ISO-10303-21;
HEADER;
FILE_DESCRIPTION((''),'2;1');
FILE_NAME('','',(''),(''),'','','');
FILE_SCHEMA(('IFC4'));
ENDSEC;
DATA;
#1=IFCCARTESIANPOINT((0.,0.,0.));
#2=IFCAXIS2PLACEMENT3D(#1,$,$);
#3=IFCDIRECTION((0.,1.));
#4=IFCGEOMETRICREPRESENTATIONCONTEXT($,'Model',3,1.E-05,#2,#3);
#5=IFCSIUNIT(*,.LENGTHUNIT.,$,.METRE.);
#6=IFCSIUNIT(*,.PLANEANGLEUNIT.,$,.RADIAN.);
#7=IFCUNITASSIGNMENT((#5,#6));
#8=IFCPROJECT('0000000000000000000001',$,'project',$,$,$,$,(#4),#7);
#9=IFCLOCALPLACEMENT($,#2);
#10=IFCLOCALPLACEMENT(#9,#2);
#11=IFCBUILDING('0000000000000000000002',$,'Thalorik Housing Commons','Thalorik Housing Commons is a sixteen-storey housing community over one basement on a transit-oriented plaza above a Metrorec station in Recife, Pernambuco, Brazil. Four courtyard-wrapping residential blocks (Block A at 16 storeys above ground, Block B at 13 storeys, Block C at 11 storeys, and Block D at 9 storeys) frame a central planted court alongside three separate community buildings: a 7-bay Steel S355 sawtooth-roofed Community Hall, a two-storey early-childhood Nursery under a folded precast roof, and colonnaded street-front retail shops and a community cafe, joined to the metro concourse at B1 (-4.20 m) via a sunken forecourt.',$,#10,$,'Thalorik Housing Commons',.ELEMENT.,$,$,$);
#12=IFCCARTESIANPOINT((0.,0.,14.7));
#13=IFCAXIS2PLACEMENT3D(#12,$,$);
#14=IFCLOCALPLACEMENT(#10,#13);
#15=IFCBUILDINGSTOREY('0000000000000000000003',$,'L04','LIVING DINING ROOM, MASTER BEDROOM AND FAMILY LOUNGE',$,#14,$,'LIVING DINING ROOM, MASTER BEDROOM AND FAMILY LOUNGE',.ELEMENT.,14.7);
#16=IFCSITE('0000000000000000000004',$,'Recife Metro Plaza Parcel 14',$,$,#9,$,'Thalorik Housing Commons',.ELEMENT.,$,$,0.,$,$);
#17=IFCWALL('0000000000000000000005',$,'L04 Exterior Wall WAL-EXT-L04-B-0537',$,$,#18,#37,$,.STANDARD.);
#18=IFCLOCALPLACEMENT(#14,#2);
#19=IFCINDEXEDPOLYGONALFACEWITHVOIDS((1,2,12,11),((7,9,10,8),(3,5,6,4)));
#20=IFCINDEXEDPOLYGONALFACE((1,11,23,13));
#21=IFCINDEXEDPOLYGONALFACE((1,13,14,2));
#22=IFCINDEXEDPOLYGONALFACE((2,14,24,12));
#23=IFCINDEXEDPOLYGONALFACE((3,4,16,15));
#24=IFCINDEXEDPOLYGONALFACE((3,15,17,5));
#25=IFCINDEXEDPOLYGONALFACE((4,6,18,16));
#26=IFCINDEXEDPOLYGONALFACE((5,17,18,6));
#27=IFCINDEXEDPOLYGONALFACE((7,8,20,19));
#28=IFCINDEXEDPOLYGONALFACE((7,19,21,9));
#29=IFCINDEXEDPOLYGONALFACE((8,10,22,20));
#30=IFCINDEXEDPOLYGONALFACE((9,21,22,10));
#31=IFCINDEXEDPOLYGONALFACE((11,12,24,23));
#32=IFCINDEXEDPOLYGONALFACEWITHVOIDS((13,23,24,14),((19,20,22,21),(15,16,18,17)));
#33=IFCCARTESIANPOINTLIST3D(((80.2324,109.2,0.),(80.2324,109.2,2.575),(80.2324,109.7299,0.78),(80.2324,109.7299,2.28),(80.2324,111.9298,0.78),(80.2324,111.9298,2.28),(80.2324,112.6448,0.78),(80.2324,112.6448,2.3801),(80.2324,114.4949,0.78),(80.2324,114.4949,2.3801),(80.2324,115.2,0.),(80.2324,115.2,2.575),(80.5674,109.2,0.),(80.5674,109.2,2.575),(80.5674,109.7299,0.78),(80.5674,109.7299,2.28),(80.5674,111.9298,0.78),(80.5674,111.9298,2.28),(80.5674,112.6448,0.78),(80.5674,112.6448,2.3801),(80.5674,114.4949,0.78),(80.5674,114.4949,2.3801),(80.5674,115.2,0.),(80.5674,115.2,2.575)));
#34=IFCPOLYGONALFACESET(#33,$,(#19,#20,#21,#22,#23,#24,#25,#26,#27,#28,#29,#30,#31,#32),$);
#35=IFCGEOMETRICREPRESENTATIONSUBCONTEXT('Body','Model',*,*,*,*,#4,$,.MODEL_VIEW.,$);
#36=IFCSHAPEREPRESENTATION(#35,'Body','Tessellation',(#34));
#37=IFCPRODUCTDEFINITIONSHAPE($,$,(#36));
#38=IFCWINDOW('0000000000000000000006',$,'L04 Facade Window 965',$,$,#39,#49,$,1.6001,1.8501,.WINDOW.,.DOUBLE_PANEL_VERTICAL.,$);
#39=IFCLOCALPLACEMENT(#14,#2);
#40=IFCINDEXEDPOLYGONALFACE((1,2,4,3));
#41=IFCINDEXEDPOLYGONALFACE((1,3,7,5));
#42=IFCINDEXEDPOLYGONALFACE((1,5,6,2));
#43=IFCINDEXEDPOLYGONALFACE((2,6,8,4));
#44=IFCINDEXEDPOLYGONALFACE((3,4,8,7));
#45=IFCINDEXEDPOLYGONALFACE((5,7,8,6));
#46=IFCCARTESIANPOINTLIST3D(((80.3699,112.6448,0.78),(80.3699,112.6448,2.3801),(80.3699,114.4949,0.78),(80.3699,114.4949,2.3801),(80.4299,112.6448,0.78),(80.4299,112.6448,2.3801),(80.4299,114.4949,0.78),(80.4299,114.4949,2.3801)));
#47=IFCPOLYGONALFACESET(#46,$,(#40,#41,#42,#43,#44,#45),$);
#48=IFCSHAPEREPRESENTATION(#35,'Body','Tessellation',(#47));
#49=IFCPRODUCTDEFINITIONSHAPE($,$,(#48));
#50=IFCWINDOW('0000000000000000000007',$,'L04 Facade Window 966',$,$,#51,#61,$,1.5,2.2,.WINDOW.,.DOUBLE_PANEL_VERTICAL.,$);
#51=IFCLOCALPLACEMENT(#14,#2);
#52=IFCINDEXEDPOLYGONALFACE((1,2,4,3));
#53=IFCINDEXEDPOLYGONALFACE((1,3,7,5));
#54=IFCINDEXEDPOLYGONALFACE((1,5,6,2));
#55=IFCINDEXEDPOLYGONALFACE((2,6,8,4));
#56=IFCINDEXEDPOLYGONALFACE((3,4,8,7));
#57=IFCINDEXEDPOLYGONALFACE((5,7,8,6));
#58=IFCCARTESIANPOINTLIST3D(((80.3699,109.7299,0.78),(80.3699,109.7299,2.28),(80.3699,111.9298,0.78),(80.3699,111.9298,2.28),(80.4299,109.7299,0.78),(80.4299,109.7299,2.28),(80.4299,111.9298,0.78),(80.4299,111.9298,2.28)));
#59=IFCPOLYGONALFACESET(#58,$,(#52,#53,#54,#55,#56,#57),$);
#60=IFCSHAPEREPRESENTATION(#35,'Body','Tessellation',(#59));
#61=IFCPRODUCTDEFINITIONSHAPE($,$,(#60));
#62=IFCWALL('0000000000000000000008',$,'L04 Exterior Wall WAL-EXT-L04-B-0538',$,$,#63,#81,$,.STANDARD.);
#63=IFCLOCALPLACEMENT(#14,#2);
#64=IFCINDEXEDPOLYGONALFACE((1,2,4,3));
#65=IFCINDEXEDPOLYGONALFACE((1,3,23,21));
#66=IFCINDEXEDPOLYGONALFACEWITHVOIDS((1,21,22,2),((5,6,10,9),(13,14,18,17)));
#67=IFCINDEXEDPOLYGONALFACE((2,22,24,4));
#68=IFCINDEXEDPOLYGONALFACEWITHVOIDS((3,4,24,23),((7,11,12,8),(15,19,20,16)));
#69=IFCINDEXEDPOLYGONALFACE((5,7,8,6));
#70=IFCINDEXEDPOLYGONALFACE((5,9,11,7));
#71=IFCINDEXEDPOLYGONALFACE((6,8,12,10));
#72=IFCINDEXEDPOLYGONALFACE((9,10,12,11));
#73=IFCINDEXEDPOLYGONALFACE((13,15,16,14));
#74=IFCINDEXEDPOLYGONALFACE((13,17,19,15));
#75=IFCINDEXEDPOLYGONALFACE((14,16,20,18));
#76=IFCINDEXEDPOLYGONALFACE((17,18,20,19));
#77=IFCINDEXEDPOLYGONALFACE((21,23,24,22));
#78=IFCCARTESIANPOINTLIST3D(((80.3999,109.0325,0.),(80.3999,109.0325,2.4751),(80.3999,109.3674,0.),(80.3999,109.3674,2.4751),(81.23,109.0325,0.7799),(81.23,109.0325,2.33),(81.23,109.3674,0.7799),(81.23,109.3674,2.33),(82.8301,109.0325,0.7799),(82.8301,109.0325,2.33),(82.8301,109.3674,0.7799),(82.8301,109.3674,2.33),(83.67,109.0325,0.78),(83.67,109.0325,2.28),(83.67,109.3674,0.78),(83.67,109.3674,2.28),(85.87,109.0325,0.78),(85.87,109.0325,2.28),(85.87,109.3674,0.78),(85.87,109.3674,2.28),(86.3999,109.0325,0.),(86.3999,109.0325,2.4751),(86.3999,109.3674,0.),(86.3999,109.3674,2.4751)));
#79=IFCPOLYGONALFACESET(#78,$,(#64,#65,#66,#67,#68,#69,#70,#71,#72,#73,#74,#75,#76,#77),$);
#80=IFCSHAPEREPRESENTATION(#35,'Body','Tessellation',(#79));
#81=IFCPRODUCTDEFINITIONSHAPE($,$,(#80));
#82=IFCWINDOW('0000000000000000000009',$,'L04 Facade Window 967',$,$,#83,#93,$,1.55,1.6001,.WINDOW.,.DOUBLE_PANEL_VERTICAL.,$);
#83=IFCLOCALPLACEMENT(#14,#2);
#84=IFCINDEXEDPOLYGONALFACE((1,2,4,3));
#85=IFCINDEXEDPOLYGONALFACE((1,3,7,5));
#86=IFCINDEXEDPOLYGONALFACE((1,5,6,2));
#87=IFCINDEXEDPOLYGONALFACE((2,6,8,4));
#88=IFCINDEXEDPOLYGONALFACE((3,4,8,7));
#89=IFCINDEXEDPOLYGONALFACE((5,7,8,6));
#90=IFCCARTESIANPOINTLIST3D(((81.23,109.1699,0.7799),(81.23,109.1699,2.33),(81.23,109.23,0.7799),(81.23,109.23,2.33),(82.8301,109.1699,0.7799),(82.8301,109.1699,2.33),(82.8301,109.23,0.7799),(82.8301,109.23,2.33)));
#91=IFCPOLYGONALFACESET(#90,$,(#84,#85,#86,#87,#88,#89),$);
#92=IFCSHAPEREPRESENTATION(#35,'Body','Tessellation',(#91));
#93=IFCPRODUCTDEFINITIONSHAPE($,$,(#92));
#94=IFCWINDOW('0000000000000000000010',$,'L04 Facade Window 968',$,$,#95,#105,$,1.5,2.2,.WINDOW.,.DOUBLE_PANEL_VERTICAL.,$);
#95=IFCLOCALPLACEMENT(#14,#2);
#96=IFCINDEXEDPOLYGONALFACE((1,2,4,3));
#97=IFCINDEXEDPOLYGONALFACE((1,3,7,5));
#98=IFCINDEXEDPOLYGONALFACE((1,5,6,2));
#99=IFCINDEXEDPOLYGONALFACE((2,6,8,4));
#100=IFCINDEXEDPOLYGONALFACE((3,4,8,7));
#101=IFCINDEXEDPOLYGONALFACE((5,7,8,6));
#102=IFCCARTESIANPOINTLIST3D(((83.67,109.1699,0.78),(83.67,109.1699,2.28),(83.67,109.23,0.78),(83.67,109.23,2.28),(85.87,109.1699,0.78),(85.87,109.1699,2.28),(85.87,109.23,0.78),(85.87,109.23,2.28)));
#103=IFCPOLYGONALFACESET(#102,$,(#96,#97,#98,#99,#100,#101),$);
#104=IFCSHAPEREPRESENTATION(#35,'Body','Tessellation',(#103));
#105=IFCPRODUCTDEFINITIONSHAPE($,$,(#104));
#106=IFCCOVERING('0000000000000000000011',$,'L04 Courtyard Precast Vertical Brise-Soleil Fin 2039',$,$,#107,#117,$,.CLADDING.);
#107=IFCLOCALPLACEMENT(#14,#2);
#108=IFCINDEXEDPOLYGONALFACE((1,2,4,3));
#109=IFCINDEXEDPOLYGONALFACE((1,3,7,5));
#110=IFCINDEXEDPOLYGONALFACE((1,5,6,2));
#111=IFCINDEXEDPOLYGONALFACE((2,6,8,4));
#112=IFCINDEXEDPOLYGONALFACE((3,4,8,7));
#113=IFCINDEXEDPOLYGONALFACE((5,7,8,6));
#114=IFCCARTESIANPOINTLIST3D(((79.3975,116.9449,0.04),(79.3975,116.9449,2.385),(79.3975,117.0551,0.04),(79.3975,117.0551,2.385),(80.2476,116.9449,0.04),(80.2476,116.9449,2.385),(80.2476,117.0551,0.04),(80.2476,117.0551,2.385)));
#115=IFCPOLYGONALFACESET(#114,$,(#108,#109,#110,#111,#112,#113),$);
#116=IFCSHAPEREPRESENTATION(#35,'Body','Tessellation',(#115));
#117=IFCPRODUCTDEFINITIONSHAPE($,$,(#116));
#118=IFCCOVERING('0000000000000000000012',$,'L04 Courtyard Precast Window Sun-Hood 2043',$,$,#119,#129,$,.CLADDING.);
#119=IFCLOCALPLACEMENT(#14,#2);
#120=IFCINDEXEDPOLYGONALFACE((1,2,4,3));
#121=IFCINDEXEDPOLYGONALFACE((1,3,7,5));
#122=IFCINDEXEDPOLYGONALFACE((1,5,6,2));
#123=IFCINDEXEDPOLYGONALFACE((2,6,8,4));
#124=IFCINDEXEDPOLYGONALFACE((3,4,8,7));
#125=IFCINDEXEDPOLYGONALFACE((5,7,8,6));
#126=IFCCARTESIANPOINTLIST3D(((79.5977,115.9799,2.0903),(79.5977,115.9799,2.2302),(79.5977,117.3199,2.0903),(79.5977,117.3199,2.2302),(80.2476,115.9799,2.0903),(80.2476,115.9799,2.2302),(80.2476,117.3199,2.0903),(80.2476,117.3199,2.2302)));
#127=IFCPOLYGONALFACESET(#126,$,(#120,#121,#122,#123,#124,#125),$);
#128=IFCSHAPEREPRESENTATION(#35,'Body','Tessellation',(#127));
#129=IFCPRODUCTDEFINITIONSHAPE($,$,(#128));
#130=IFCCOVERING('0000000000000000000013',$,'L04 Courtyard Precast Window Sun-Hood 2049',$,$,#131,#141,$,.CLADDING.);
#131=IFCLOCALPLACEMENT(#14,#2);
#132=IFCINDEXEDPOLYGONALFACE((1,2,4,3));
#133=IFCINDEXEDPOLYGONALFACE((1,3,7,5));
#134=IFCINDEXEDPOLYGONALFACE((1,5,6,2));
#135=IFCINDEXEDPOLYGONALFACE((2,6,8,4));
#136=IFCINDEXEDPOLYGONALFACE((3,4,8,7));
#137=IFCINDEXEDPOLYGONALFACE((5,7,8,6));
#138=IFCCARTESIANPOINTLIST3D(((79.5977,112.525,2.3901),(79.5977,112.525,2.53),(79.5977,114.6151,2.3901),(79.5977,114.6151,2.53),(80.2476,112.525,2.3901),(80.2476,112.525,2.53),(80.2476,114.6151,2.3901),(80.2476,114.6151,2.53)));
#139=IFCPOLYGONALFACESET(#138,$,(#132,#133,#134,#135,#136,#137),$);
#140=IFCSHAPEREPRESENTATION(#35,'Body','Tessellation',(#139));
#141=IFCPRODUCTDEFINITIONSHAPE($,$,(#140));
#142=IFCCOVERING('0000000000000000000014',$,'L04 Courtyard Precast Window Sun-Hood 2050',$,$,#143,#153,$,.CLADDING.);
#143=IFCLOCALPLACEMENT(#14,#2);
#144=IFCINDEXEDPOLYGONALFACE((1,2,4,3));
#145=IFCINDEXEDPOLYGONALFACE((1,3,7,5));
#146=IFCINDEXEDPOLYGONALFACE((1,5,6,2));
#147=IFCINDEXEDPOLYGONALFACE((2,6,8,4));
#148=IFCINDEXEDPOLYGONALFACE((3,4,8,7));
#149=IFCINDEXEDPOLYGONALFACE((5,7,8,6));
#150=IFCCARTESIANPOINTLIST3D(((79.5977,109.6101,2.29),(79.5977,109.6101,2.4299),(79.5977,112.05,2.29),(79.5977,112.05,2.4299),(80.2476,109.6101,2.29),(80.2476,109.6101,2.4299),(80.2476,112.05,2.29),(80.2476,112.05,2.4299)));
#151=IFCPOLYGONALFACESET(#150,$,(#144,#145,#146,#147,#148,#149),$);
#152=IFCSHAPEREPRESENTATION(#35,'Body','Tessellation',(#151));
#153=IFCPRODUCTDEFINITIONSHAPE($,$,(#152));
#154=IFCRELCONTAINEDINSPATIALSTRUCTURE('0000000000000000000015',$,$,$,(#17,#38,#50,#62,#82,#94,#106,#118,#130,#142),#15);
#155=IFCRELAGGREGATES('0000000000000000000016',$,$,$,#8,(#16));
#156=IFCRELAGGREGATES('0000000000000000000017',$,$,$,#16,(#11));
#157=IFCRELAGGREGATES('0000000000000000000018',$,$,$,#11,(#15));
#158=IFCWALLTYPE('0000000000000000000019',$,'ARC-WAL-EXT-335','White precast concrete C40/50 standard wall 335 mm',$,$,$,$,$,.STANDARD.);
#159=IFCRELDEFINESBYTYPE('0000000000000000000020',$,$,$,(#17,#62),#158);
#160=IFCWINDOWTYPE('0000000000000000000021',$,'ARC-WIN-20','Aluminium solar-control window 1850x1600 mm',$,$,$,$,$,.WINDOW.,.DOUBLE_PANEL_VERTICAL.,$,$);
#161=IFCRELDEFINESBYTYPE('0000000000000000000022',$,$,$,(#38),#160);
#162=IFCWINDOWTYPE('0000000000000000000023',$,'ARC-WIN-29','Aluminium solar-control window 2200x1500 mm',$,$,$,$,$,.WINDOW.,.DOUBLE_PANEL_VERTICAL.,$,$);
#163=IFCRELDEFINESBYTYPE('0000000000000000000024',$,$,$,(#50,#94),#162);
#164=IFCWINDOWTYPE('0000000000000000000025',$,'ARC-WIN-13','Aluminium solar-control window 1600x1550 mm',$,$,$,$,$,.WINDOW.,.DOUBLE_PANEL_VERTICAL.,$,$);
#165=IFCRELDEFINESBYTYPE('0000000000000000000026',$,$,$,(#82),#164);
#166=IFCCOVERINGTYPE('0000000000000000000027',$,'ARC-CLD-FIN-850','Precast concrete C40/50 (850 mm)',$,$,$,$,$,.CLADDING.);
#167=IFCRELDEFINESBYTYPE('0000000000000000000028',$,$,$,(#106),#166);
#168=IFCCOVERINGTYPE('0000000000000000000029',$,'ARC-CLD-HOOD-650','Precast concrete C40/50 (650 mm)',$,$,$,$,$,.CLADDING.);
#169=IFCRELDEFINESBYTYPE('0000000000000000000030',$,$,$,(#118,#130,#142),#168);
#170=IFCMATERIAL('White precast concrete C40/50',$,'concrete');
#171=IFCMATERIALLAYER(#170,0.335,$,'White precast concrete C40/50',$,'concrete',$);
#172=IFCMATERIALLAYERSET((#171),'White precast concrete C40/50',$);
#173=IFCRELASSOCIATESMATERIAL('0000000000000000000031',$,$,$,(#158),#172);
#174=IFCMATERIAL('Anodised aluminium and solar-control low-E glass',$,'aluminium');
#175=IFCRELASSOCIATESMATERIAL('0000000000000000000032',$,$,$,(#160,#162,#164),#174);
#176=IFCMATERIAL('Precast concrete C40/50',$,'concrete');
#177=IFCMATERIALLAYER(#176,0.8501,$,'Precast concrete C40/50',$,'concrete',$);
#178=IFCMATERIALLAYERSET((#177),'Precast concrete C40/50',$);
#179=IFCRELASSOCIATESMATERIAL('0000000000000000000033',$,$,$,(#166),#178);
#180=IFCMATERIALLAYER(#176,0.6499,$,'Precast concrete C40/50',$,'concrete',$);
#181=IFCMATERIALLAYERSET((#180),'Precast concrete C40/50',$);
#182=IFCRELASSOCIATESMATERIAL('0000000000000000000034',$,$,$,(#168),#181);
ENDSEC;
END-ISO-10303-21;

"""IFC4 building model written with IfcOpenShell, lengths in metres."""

from ifc_helpers import new_model, si_unit, direction, frame, frame_2d, origin, origin_2d, place, context, subcontext, project, spatial, rectangle, extrude, material, layer, layer_set, type_object, element, fill, save


model = new_model("IFC4")

# Units and contexts
model_context = context("Model", 3, precision=1e-05, world=origin(), true_north=direction((0.0, 1.0)))
body_context = subcontext(model_context, "Body", "Model", "MODEL_VIEW")
ifc_project = project(units=[si_unit("LENGTHUNIT", "METRE"), si_unit("PLANEANGLEUNIT", "RADIAN")], contexts=[model_context])

# Site, building, storey
site_placement = place(None, origin())
site = spatial("IfcSite", under=ifc_project, at=site_placement, Name="Recife Metro Plaza Parcel 14", LongName="Thalorik Housing Commons", CompositionType="ELEMENT", RefElevation=0.0)
building_placement = place(site_placement, origin())
building = spatial("IfcBuilding", under=site, at=building_placement, Name="Thalorik Housing Commons", Description="Thalorik Housing Commons is a sixteen-storey housing community over one basement on a transit-oriented plaza above a Metrorec station in Recife, Pernambuco, Brazil. Four courtyard-wrapping residential blocks (Block A at 16 storeys above ground, Block B at 13 storeys, Block C at 11 storeys, and Block D at 9 storeys) frame a central planted court alongside three separate community buildings: a 7-bay Steel S355 sawtooth-roofed Community Hall, a two-storey early-childhood Nursery under a folded precast roof, and colonnaded street-front retail shops and a community cafe, joined to the metro concourse at B1 (-4.20 m) via a sunken forecourt.", LongName="Thalorik Housing Commons", CompositionType="ELEMENT")
storey_placement = place(building_placement, frame((0.0, 0.0, 14.7)))
storey = spatial("IfcBuildingStorey", under=building, at=storey_placement, Name="L04", Description="LIVING DINING ROOM, MASTER BEDROOM AND FAMILY LOUNGE", LongName="LIVING DINING ROOM, MASTER BEDROOM AND FAMILY LOUNGE", CompositionType="ELEMENT", Elevation=14.7)

# Shared definitions
ifc_material_1 = material(Name="Precast concrete C40/50", Category="concrete")

# Walls, openings, windows
ifc_material_2 = material(Name="White precast concrete C40/50", Category="concrete")
ifc_layer_1 = layer(ifc_material_2, 0.335, Name="White precast concrete C40/50", Category="concrete")
ifc_layer_set_1 = layer_set([ifc_layer_1], Name="White precast concrete C40/50")
wall_type_1 = type_object("IfcWallType", Name="ARC-WAL-EXT-335", Description="White precast concrete C40/50 standard wall 335 mm", PredefinedType="STANDARD", material=ifc_layer_set_1)
wall_1_placement = place(storey_placement, frame((80.3999, 115.2, 0.0), z_axis=(0.0, 0.0, 1.0), x_axis=(0.0, -1.0, 0.0)))
wall_1 = element("IfcWall", 1, at=wall_1_placement, inside=storey, type_object=wall_type_1, Name="L04 Exterior Wall WAL-EXT-L04-B-0537", PredefinedType="STANDARD", context=body_context, shape_type="SweptSolid", body=[
    extrude(rectangle(XDim=6.0, YDim=0.335, at=frame_2d((3.0, 0.0))), origin(), (0.0, 0.0, 1.0), 2.575),
])
opening_1_placement = place(wall_1_placement, frame((0.7051, 0.0, 0.78)))
opening_1 = element("IfcOpeningElement", 2, at=opening_1_placement, cuts=wall_1, PredefinedType="OPENING", context=body_context, shape_type="SweptSolid", body=[
    extrude(rectangle(XDim=1.8501, YDim=1.6001, at=frame_2d((0.925, 0.8))), frame((0.0, 0.1775, 0.0), z_axis=(0.0, -1.0, 0.0), x_axis=(1.0, 0.0, 0.0)), (0.0, 0.0, 1.0), 0.355),
])
opening_2_placement = place(wall_1_placement, frame((3.27, 0.0, 0.78)))
opening_2 = element("IfcOpeningElement", 3, at=opening_2_placement, cuts=wall_1, PredefinedType="OPENING", context=body_context, shape_type="SweptSolid", body=[
    extrude(rectangle(XDim=2.2, YDim=1.5, at=frame_2d((1.1001, 0.75))), frame((0.0, 0.1775, 0.0), z_axis=(0.0, -1.0, 0.0), x_axis=(1.0, 0.0, 0.0)), (0.0, 0.0, 1.0), 0.355),
])
ifc_material_3 = material(Name="Anodised aluminium and solar-control low-E glass", Category="aluminium")
window_type_1 = type_object("IfcWindowType", Name="ARC-WIN-20", Description="Aluminium solar-control window 1850x1600 mm", PartitioningType="DOUBLE_PANEL_VERTICAL", PredefinedType="WINDOW", material=ifc_material_3)
window_1_placement = place(opening_1_placement, origin())
window_1 = element("IfcWindow", 4, at=window_1_placement, inside=storey, type_object=window_type_1, Name="L04 Facade Window 965", OverallHeight=1.6001, OverallWidth=1.8501, PartitioningType="DOUBLE_PANEL_VERTICAL", PredefinedType="WINDOW", context=body_context, shape_type="SweptSolid", body=[
    extrude(rectangle(XDim=1.8501, YDim=1.6001, at=frame_2d((0.925, 0.8))), frame((0.0, 0.03, 0.0), z_axis=(0.0, -1.0, 0.0), x_axis=(1.0, 0.0, 0.0)), (0.0, 0.0, 1.0), 0.0601),
])
fill(opening_1, window_1)
window_type_2 = type_object("IfcWindowType", Name="ARC-WIN-29", Description="Aluminium solar-control window 2200x1500 mm", PartitioningType="DOUBLE_PANEL_VERTICAL", PredefinedType="WINDOW", material=ifc_material_3)
window_2_placement = place(opening_2_placement, origin())
window_2 = element("IfcWindow", 5, at=window_2_placement, inside=storey, type_object=window_type_2, Name="L04 Facade Window 966", OverallHeight=1.5, OverallWidth=2.2, PartitioningType="DOUBLE_PANEL_VERTICAL", PredefinedType="WINDOW", context=body_context, shape_type="SweptSolid", body=[
    extrude(rectangle(XDim=2.2, YDim=1.5, at=frame_2d((1.1001, 0.75))), frame((0.0, 0.03, 0.0), z_axis=(0.0, -1.0, 0.0), x_axis=(1.0, 0.0, 0.0)), (0.0, 0.0, 1.0), 0.0601),
])
fill(opening_2, window_2)
wall_2_placement = place(storey_placement, frame((80.3999, 109.2, 0.0), z_axis=(0.0, 0.0, 1.0), x_axis=(1.0, 0.0, 0.0)))
wall_2 = element("IfcWall", 6, at=wall_2_placement, inside=storey, type_object=wall_type_1, Name="L04 Exterior Wall WAL-EXT-L04-B-0538", PredefinedType="STANDARD", context=body_context, shape_type="SweptSolid", body=[
    extrude(rectangle(XDim=6.0, YDim=0.335, at=frame_2d((3.0, 0.0))), origin(), (0.0, 0.0, 1.0), 2.4751),
])
opening_3_placement = place(wall_2_placement, frame((0.8301, 0.0, 0.78)))
opening_3 = element("IfcOpeningElement", 7, at=opening_3_placement, cuts=wall_2, PredefinedType="OPENING", context=body_context, shape_type="SweptSolid", body=[
    extrude(rectangle(XDim=1.6001, YDim=1.55, at=frame_2d((0.8, 0.7749))), frame((0.0, 0.1775, 0.0), z_axis=(0.0, -1.0, 0.0), x_axis=(1.0, 0.0, 0.0)), (0.0, 0.0, 1.0), 0.355),
])
opening_4_placement = place(wall_2_placement, frame((3.27, 0.0, 0.78)))
opening_4 = element("IfcOpeningElement", 8, at=opening_4_placement, cuts=wall_2, PredefinedType="OPENING", context=body_context, shape_type="SweptSolid", body=[
    extrude(rectangle(XDim=2.2, YDim=1.5, at=frame_2d((1.1001, 0.75))), frame((0.0, 0.1775, 0.0), z_axis=(0.0, -1.0, 0.0), x_axis=(1.0, 0.0, 0.0)), (0.0, 0.0, 1.0), 0.355),
])
window_type_3 = type_object("IfcWindowType", Name="ARC-WIN-13", Description="Aluminium solar-control window 1600x1550 mm", PartitioningType="DOUBLE_PANEL_VERTICAL", PredefinedType="WINDOW", material=ifc_material_3)
window_3_placement = place(opening_3_placement, origin())
window_3 = element("IfcWindow", 9, at=window_3_placement, inside=storey, type_object=window_type_3, Name="L04 Facade Window 967", OverallHeight=1.55, OverallWidth=1.6001, PartitioningType="DOUBLE_PANEL_VERTICAL", PredefinedType="WINDOW", context=body_context, shape_type="SweptSolid", body=[
    extrude(rectangle(XDim=1.6001, YDim=1.55, at=frame_2d((0.8, 0.7749))), frame((0.0, 0.03, 0.0), z_axis=(0.0, -1.0, 0.0), x_axis=(1.0, 0.0, 0.0)), (0.0, 0.0, 1.0), 0.0601),
])
fill(opening_3, window_3)
window_4_placement = place(opening_4_placement, origin())
window_4 = element("IfcWindow", 10, at=window_4_placement, inside=storey, type_object=window_type_2, Name="L04 Facade Window 968", OverallHeight=1.5, OverallWidth=2.2, PartitioningType="DOUBLE_PANEL_VERTICAL", PredefinedType="WINDOW", context=body_context, shape_type="SweptSolid", body=[
    extrude(rectangle(XDim=2.2, YDim=1.5, at=frame_2d((1.1001, 0.75))), frame((0.0, 0.03, 0.0), z_axis=(0.0, -1.0, 0.0), x_axis=(1.0, 0.0, 0.0)), (0.0, 0.0, 1.0), 0.0601),
])
fill(opening_4, window_4)

# Coverings
ifc_layer_2 = layer(ifc_material_1, 0.8501, Name="Precast concrete C40/50", Category="concrete")
ifc_layer_set_2 = layer_set([ifc_layer_2], Name="Precast concrete C40/50")
covering_type_1 = type_object("IfcCoveringType", Name="ARC-CLD-FIN-850", Description="Precast concrete C40/50 (850 mm)", PredefinedType="CLADDING", material=ifc_layer_set_2)
covering_1_placement = place(storey_placement, frame((79.8225, 117.0, 0.04), z_axis=(0.0, 0.0, 1.0), x_axis=(0.0, -1.0, 0.0)))
element("IfcCovering", 11, at=covering_1_placement, inside=storey, type_object=covering_type_1, Name="L04 Courtyard Precast Vertical Brise-Soleil Fin 2039", PredefinedType="CLADDING", context=body_context, shape_type="SweptSolid", body=[
    extrude(rectangle(XDim=0.1101, YDim=0.8501, at=origin_2d()), origin(), (0.0, 0.0, 1.0), 2.345),
])
ifc_layer_3 = layer(ifc_material_1, 0.6499, Name="Precast concrete C40/50", Category="concrete")
ifc_layer_set_3 = layer_set([ifc_layer_3], Name="Precast concrete C40/50")
covering_type_2 = type_object("IfcCoveringType", Name="ARC-CLD-HOOD-650", Description="Precast concrete C40/50 (650 mm)", PredefinedType="CLADDING", material=ifc_layer_set_3)
covering_2_placement = place(storey_placement, frame((79.9226, 116.6499, 2.0903), z_axis=(0.0, 0.0, 1.0), x_axis=(0.0, -1.0, 0.0)))
element("IfcCovering", 12, at=covering_2_placement, inside=storey, type_object=covering_type_2, Name="L04 Courtyard Precast Window Sun-Hood 2043", PredefinedType="CLADDING", context=body_context, shape_type="SweptSolid", body=[
    extrude(rectangle(XDim=1.3401, YDim=0.6499, at=origin_2d()), origin(), (0.0, 0.0, 1.0), 0.1399),
])
covering_3_placement = place(storey_placement, frame((79.9226, 113.5701, 2.3901), z_axis=(0.0, 0.0, 1.0), x_axis=(0.0, -1.0, 0.0)))
element("IfcCovering", 13, at=covering_3_placement, inside=storey, type_object=covering_type_2, Name="L04 Courtyard Precast Window Sun-Hood 2049", PredefinedType="CLADDING", context=body_context, shape_type="SweptSolid", body=[
    extrude(rectangle(XDim=2.0901, YDim=0.6499, at=origin_2d()), origin(), (0.0, 0.0, 1.0), 0.1399),
])
covering_4_placement = place(storey_placement, frame((79.9226, 110.8301, 2.29), z_axis=(0.0, 0.0, 1.0), x_axis=(0.0, -1.0, 0.0)))
element("IfcCovering", 14, at=covering_4_placement, inside=storey, type_object=covering_type_2, Name="L04 Courtyard Precast Window Sun-Hood 2050", PredefinedType="CLADDING", context=body_context, shape_type="SweptSolid", body=[
    extrude(rectangle(XDim=2.4399, YDim=0.6499, at=origin_2d()), origin(), (0.0, 0.0, 1.0), 0.1399),
])

save(model, "model.ifc")
